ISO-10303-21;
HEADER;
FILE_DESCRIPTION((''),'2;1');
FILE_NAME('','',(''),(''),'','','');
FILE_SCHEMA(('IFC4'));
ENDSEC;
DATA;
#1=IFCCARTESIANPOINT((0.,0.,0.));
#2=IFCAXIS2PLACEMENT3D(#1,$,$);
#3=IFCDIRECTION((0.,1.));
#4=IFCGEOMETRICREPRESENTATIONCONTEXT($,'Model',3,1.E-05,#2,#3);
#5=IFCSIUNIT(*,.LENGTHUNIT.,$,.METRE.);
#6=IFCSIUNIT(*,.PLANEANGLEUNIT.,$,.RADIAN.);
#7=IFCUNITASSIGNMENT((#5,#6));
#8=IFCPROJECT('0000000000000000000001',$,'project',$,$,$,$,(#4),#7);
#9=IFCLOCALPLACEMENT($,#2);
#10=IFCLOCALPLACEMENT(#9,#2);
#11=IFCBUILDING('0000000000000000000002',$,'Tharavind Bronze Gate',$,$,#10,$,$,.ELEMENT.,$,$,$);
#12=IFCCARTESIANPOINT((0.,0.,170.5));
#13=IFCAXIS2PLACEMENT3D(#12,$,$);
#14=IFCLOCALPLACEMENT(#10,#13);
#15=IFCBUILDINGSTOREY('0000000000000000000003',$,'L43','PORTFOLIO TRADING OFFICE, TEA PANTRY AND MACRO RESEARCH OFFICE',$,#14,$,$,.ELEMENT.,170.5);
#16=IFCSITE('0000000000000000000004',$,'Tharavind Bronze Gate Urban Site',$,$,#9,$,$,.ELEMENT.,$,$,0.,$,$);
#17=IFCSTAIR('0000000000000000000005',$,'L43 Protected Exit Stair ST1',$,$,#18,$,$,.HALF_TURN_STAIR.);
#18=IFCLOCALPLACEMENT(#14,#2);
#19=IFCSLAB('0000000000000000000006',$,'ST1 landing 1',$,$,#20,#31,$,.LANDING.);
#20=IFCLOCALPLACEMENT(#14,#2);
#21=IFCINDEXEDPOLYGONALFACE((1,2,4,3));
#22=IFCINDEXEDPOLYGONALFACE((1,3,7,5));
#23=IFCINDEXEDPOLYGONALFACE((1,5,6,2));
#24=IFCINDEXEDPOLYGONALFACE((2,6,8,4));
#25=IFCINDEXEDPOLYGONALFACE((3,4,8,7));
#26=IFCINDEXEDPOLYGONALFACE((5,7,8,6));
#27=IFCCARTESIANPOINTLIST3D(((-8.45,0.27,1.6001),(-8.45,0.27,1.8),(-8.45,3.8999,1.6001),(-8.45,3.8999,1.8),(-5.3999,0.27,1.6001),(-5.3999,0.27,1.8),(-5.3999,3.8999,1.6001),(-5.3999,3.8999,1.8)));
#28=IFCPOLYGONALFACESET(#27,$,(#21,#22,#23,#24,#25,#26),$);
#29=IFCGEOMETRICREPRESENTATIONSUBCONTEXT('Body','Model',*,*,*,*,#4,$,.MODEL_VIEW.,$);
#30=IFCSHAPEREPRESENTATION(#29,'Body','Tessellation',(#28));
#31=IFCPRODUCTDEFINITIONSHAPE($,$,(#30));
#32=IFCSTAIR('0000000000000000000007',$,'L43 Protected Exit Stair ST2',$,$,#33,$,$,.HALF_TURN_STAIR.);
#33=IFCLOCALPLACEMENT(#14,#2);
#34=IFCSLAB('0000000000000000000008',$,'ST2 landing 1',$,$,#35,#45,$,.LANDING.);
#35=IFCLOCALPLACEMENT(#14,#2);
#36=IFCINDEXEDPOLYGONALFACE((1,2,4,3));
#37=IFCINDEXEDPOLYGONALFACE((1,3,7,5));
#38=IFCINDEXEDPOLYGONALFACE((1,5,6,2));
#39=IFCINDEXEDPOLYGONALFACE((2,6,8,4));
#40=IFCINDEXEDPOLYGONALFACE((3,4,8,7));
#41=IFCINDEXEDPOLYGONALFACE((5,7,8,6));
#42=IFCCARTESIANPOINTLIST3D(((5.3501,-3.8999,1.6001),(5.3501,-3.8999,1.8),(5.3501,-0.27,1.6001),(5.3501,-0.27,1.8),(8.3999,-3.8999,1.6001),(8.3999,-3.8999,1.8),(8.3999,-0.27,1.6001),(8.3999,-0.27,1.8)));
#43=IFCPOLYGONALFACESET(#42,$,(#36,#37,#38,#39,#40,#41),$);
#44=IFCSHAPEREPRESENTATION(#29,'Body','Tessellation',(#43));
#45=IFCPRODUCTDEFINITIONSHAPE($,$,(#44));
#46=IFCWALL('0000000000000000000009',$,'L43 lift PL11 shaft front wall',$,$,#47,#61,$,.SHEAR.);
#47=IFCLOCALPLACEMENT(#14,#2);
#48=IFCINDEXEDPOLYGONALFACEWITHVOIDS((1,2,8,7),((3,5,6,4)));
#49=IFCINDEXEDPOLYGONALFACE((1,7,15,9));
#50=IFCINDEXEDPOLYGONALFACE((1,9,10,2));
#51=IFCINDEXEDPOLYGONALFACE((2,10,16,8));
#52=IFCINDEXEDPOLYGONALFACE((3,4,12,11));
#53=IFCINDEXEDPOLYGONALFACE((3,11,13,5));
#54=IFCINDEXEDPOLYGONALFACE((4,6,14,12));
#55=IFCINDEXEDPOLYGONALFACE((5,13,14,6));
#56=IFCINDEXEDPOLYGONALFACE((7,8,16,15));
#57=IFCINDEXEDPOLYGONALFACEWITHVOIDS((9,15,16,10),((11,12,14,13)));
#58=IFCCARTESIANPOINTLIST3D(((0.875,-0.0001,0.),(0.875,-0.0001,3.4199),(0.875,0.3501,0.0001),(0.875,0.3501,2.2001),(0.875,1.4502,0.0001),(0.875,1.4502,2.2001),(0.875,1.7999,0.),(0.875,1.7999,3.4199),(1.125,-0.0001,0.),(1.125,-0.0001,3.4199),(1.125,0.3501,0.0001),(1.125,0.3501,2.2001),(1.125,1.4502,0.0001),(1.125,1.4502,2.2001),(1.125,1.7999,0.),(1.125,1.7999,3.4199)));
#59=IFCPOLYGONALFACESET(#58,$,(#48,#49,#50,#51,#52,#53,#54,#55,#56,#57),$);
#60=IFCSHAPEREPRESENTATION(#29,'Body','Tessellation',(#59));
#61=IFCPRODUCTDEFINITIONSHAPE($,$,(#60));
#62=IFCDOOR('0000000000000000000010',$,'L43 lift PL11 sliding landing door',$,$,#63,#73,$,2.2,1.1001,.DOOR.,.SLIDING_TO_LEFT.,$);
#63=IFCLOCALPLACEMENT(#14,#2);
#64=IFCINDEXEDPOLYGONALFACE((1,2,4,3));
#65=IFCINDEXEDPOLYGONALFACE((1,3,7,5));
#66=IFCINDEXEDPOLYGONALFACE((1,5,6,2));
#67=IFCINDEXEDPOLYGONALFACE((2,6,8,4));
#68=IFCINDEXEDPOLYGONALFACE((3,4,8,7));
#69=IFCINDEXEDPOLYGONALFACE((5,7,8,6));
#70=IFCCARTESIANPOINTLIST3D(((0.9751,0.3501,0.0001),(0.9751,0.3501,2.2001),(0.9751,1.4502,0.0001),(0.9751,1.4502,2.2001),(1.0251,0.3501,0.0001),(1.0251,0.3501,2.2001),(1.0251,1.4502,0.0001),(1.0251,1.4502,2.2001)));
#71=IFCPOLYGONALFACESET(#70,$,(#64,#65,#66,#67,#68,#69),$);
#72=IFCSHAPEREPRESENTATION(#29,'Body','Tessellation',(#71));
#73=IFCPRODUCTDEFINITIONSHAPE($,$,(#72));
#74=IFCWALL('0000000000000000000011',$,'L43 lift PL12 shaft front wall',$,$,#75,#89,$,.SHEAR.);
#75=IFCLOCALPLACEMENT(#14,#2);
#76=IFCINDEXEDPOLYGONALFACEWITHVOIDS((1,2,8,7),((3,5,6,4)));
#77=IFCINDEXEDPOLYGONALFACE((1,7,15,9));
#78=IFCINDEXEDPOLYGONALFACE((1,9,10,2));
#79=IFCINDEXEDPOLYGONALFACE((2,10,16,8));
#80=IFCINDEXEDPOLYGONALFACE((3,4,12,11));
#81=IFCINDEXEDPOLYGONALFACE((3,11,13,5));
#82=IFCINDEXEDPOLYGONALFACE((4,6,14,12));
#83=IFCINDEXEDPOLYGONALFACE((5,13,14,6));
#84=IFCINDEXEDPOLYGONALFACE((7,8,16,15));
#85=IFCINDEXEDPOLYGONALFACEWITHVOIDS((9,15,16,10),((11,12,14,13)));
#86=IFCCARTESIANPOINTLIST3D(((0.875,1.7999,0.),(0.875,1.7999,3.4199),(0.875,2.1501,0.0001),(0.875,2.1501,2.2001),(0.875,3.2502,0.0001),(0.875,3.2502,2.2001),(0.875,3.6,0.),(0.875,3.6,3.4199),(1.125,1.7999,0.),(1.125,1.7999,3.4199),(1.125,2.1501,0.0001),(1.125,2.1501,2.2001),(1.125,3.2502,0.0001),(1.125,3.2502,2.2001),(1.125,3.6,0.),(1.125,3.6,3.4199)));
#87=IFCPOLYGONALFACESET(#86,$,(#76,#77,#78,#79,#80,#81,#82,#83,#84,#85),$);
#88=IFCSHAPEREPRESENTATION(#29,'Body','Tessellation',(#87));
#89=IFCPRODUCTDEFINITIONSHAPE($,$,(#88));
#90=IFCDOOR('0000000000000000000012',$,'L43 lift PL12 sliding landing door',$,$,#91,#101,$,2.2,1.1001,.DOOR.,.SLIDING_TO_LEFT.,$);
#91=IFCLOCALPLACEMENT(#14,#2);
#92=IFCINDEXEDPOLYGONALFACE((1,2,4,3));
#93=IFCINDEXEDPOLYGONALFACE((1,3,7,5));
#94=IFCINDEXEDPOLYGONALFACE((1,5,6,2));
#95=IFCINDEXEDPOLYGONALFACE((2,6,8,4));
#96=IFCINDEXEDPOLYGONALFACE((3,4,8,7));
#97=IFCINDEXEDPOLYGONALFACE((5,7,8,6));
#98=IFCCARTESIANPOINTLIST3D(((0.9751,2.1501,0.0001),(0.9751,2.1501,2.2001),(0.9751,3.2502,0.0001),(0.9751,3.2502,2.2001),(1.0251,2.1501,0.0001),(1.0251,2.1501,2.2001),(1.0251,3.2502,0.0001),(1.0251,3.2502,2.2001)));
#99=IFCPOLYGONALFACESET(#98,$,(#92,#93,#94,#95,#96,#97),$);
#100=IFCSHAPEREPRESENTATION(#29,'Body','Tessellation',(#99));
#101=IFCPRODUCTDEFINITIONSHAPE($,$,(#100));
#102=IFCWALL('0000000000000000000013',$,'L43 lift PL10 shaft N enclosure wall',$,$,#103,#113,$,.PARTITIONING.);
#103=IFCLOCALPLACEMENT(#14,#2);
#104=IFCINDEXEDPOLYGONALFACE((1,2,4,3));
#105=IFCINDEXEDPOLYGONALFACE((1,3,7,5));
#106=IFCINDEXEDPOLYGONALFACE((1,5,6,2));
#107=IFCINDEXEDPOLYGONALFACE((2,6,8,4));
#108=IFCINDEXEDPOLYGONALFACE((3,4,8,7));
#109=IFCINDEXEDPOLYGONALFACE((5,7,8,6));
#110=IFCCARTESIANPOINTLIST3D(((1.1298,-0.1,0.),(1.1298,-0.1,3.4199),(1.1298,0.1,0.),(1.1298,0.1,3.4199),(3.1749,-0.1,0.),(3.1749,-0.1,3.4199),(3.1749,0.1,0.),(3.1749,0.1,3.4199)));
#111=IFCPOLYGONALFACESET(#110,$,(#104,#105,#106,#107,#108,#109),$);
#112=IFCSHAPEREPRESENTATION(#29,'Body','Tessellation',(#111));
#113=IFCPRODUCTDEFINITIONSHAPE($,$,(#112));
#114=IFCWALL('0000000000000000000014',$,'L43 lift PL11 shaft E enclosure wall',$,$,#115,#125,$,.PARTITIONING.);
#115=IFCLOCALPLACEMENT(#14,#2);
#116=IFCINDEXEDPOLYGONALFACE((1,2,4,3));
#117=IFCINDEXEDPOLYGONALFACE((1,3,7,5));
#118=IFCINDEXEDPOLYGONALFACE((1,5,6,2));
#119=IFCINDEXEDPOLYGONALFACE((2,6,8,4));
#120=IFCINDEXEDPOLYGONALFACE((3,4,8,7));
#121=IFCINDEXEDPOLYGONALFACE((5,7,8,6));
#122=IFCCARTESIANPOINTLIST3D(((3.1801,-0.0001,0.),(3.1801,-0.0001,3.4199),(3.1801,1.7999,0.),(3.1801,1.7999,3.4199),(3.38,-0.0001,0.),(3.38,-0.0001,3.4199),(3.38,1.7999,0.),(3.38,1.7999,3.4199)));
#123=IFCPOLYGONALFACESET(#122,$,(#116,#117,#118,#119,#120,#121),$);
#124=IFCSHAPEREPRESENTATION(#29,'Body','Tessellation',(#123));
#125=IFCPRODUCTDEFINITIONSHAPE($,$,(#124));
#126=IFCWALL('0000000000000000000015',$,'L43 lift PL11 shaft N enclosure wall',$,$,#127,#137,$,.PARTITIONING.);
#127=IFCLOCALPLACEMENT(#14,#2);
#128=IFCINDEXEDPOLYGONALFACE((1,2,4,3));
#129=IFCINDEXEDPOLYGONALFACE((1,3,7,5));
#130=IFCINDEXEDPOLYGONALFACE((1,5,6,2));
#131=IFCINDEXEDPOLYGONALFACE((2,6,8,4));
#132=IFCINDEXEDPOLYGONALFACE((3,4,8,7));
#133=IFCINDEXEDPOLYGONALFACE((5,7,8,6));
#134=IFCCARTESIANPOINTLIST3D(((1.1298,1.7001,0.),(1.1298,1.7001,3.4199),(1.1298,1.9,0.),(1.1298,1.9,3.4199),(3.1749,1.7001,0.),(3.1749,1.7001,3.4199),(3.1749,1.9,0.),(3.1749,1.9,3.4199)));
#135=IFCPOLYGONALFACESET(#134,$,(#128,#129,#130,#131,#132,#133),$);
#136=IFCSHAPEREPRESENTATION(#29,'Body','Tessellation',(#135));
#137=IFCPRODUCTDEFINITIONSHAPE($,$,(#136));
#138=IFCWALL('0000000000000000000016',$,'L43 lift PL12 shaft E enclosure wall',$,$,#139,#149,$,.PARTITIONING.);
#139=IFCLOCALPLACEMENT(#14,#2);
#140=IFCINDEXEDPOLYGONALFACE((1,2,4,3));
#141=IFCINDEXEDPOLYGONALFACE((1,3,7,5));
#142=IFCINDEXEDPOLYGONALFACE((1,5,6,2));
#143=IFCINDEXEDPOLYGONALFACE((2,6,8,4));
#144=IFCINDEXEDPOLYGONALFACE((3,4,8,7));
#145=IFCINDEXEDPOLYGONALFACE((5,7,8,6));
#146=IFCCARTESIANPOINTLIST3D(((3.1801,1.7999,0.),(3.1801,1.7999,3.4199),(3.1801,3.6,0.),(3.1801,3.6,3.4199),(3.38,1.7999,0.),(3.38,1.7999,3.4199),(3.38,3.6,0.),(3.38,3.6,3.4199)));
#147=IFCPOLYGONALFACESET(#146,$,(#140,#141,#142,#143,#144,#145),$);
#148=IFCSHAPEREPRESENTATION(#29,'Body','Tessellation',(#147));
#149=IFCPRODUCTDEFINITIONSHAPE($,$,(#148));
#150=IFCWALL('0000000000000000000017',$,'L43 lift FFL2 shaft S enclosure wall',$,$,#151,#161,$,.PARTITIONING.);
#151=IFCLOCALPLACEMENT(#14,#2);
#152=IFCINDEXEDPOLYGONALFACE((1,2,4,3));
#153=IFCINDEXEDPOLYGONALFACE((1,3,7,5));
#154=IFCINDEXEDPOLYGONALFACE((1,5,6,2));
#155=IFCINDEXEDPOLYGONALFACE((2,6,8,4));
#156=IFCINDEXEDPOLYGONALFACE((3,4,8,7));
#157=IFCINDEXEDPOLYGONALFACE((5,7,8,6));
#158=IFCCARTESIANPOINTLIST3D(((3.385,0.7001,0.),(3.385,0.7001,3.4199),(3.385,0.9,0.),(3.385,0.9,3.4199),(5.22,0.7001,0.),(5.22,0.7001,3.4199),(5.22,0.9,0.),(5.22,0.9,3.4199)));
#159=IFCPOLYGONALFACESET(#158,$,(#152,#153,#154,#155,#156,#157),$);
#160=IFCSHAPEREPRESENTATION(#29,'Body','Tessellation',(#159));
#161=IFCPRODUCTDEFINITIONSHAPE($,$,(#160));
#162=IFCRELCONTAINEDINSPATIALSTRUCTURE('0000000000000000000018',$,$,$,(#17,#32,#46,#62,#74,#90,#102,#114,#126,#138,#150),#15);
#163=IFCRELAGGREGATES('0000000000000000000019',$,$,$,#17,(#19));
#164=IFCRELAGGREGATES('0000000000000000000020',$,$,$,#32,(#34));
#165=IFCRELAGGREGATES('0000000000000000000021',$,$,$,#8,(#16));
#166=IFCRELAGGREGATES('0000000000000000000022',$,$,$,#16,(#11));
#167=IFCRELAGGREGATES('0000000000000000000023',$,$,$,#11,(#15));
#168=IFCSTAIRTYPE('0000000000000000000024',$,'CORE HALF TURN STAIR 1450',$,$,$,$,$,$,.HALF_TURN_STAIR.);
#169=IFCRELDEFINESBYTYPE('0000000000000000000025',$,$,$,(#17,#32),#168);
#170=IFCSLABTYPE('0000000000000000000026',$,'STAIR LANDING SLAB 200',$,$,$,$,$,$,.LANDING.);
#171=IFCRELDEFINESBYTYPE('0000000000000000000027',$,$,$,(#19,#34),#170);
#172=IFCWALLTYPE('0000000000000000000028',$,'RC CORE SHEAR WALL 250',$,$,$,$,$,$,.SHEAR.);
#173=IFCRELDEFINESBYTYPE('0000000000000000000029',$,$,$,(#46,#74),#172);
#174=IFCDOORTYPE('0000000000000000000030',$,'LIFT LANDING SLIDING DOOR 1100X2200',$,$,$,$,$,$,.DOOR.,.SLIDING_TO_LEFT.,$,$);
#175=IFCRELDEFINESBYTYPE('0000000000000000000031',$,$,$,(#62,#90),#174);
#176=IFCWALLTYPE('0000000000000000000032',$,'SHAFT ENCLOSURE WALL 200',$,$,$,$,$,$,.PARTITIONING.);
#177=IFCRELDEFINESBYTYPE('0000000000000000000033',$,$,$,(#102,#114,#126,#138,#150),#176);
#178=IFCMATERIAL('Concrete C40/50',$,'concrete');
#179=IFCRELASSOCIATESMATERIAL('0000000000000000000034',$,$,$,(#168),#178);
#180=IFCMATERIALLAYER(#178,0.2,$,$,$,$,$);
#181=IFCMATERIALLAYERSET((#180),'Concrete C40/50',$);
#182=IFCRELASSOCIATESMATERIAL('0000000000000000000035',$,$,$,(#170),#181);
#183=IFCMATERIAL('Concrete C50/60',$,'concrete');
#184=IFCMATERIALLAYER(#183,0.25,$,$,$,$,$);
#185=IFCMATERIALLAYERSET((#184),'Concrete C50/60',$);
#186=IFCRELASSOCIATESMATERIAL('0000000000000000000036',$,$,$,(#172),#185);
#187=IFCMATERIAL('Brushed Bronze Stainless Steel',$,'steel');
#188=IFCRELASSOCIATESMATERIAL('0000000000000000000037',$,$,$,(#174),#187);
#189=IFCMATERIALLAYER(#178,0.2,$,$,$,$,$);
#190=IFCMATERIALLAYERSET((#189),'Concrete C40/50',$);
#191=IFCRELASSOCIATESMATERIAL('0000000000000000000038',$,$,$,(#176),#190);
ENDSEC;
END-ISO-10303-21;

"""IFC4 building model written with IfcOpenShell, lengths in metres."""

from ifc_helpers import new_model, si_unit, direction, frame, frame_2d, origin, place, context, subcontext, project, spatial, polyline, rectangle, outline, extrude, material, layer, layer_set, type_object, element, fill, aggregate, save


model = new_model("IFC4")

# Units and contexts
model_context = context("Model", 3, precision=1e-05, world=origin(), true_north=direction((0.0, 1.0)))
body_context = subcontext(model_context, "Body", "Model", "MODEL_VIEW")
ifc_project = project(units=[si_unit("LENGTHUNIT", "METRE"), si_unit("PLANEANGLEUNIT", "RADIAN")], contexts=[model_context])

# Site, building, storey
site_placement = place(None, origin())
site = spatial("IfcSite", under=ifc_project, at=site_placement, Name="Tharavind Bronze Gate Urban Site", CompositionType="ELEMENT", RefElevation=0.0)
building_placement = place(site_placement, origin())
building = spatial("IfcBuilding", under=site, at=building_placement, Name="Tharavind Bronze Gate", CompositionType="ELEMENT")
storey_placement = place(building_placement, frame((0.0, 0.0, 170.5)))
storey = spatial("IfcBuildingStorey", under=building, at=storey_placement, Name="L43", Description="PORTFOLIO TRADING OFFICE, TEA PANTRY AND MACRO RESEARCH OFFICE", CompositionType="ELEMENT", Elevation=170.5)

# Stairs, slabs
ifc_material_1 = material(Name="Concrete C40/50", Category="concrete")
stair_type = type_object("IfcStairType", Name="CORE HALF TURN STAIR 1450", PredefinedType="HALF_TURN_STAIR", material=ifc_material_1)
stair_1_placement = place(storey_placement, origin())
stair_1 = element("IfcStair", 1, at=stair_1_placement, inside=storey, type_object=stair_type, Name="L43 Protected Exit Stair ST1", PredefinedType="HALF_TURN_STAIR")
ifc_layer_1 = layer(ifc_material_1, 0.2)
ifc_layer_set_1 = layer_set([ifc_layer_1], Name="Concrete C40/50")
slab_type = type_object("IfcSlabType", Name="STAIR LANDING SLAB 200", PredefinedType="LANDING", material=ifc_layer_set_1)
slab_1_placement = place(storey_placement, frame((0.0, 0.0, 1.6001)))
slab_1 = element("IfcSlab", 2, at=slab_1_placement, type_object=slab_type, Name="ST1 landing 1", PredefinedType="LANDING", context=body_context, shape_type="SweptSolid", body=[
    extrude(outline(polyline([(-5.3999, 0.27), (-5.3999, 3.8999), (-8.45, 3.8999), (-8.45, 0.27), (-5.3999, 0.27)])), origin(), (0.0, 0.0, 1.0), 0.2),
])
aggregate(stair_1, [slab_1])
stair_2_placement = place(storey_placement, origin())
stair_2 = element("IfcStair", 3, at=stair_2_placement, inside=storey, type_object=stair_type, Name="L43 Protected Exit Stair ST2", PredefinedType="HALF_TURN_STAIR")
slab_2_placement = place(storey_placement, frame((0.0, 0.0, 1.6001)))
slab_2 = element("IfcSlab", 4, at=slab_2_placement, type_object=slab_type, Name="ST2 landing 1", PredefinedType="LANDING", context=body_context, shape_type="SweptSolid", body=[
    extrude(outline(polyline([(5.3501, -0.27), (5.3501, -3.8999), (8.3999, -3.8999), (8.3999, -0.27), (5.3501, -0.27)])), origin(), (0.0, 0.0, 1.0), 0.2),
])
aggregate(stair_2, [slab_2])

# Walls, openings, doors
ifc_material_2 = material(Name="Concrete C50/60", Category="concrete")
ifc_layer_2 = layer(ifc_material_2, 0.25)
ifc_layer_set_2 = layer_set([ifc_layer_2], Name="Concrete C50/60")
wall_type_1 = type_object("IfcWallType", Name="RC CORE SHEAR WALL 250", PredefinedType="SHEAR", material=ifc_layer_set_2)
wall_1_placement = place(storey_placement, frame((1.0, 0.0, 0.0), z_axis=(0.0, 0.0, 1.0), x_axis=(0.0, 1.0, 0.0)))
wall_1 = element("IfcWall", 5, at=wall_1_placement, inside=storey, type_object=wall_type_1, Name="L43 lift PL11 shaft front wall", PredefinedType="SHEAR", context=body_context, shape_type="SweptSolid", body=[
    extrude(rectangle(XDim=1.8, YDim=0.25, at=frame_2d((0.8999, 0.0))), origin(), (0.0, 0.0, 1.0), 3.4199),
])
opening_1_placement = place(wall_1_placement, frame((0.3501, 0.0, 0.0)))
opening_1 = element("IfcOpeningElement", 6, at=opening_1_placement, cuts=wall_1, PredefinedType="OPENING", context=body_context, shape_type="SweptSolid", body=[
    extrude(rectangle(XDim=1.1001, YDim=2.2, at=frame_2d((0.55, 1.1001))), frame((0.0, 0.135, 0.0), z_axis=(0.0, -1.0, 0.0), x_axis=(1.0, 0.0, 0.0)), (0.0, 0.0, 1.0), 0.27),
])
ifc_material_3 = material(Name="Brushed Bronze Stainless Steel", Category="steel")
door_type = type_object("IfcDoorType", Name="LIFT LANDING SLIDING DOOR 1100X2200", OperationType="SLIDING_TO_LEFT", PredefinedType="DOOR", material=ifc_material_3)
door_1_placement = place(opening_1_placement, origin())
door_1 = element("IfcDoor", 7, at=door_1_placement, inside=storey, type_object=door_type, Name="L43 lift PL11 sliding landing door", OperationType="SLIDING_TO_LEFT", OverallHeight=2.2, OverallWidth=1.1001, PredefinedType="DOOR", context=body_context, shape_type="SweptSolid", body=[
    extrude(rectangle(XDim=1.1001, YDim=2.2, at=frame_2d((0.55, 1.1001))), frame((0.0, 0.0249, 0.0), z_axis=(0.0, -1.0, 0.0), x_axis=(1.0, 0.0, 0.0)), (0.0, 0.0, 1.0), 0.05),
])
fill(opening_1, door_1)
wall_2_placement = place(storey_placement, frame((1.0, 1.8, 0.0), z_axis=(0.0, 0.0, 1.0), x_axis=(0.0, 1.0, 0.0)))
wall_2 = element("IfcWall", 8, at=wall_2_placement, inside=storey, type_object=wall_type_1, Name="L43 lift PL12 shaft front wall", PredefinedType="SHEAR", context=body_context, shape_type="SweptSolid", body=[
    extrude(rectangle(XDim=1.8, YDim=0.25, at=frame_2d((0.8999, 0.0))), origin(), (0.0, 0.0, 1.0), 3.4199),
])
opening_2_placement = place(wall_2_placement, frame((0.3501, 0.0, 0.0)))
opening_2 = element("IfcOpeningElement", 9, at=opening_2_placement, cuts=wall_2, PredefinedType="OPENING", context=body_context, shape_type="SweptSolid", body=[
    extrude(rectangle(XDim=1.1001, YDim=2.2, at=frame_2d((0.55, 1.1001))), frame((0.0, 0.135, 0.0), z_axis=(0.0, -1.0, 0.0), x_axis=(1.0, 0.0, 0.0)), (0.0, 0.0, 1.0), 0.27),
])
door_2_placement = place(opening_2_placement, origin())
door_2 = element("IfcDoor", 10, at=door_2_placement, inside=storey, type_object=door_type, Name="L43 lift PL12 sliding landing door", OperationType="SLIDING_TO_LEFT", OverallHeight=2.2, OverallWidth=1.1001, PredefinedType="DOOR", context=body_context, shape_type="SweptSolid", body=[
    extrude(rectangle(XDim=1.1001, YDim=2.2, at=frame_2d((0.55, 1.1001))), frame((0.0, 0.0249, 0.0), z_axis=(0.0, -1.0, 0.0), x_axis=(1.0, 0.0, 0.0)), (0.0, 0.0, 1.0), 0.05),
])
fill(opening_2, door_2)

# Walls
ifc_layer_3 = layer(ifc_material_1, 0.2)
ifc_layer_set_3 = layer_set([ifc_layer_3], Name="Concrete C40/50")
wall_type_2 = type_object("IfcWallType", Name="SHAFT ENCLOSURE WALL 200", PredefinedType="PARTITIONING", material=ifc_layer_set_3)
wall_3_placement = place(storey_placement, frame((1.1299, 0.0, 0.0), z_axis=(0.0, 0.0, 1.0), x_axis=(1.0, 0.0, 0.0)))
element("IfcWall", 11, at=wall_3_placement, inside=storey, type_object=wall_type_2, Name="L43 lift PL10 shaft N enclosure wall", PredefinedType="PARTITIONING", context=body_context, shape_type="SweptSolid", body=[
    extrude(rectangle(XDim=2.0452, YDim=0.2, at=frame_2d((1.0225, 0.0))), origin(), (0.0, 0.0, 1.0), 3.4199),
])
wall_4_placement = place(storey_placement, frame((3.28, 0.0, 0.0), z_axis=(0.0, 0.0, 1.0), x_axis=(0.0, 1.0, 0.0)))
element("IfcWall", 12, at=wall_4_placement, inside=storey, type_object=wall_type_2, Name="L43 lift PL11 shaft E enclosure wall", PredefinedType="PARTITIONING", context=body_context, shape_type="SweptSolid", body=[
    extrude(rectangle(XDim=1.8, YDim=0.2, at=frame_2d((0.8999, 0.0))), origin(), (0.0, 0.0, 1.0), 3.4199),
])
wall_5_placement = place(storey_placement, frame((1.1299, 1.8, 0.0), z_axis=(0.0, 0.0, 1.0), x_axis=(1.0, 0.0, 0.0)))
element("IfcWall", 13, at=wall_5_placement, inside=storey, type_object=wall_type_2, Name="L43 lift PL11 shaft N enclosure wall", PredefinedType="PARTITIONING", context=body_context, shape_type="SweptSolid", body=[
    extrude(rectangle(XDim=2.0452, YDim=0.2, at=frame_2d((1.0225, 0.0))), origin(), (0.0, 0.0, 1.0), 3.4199),
])
wall_6_placement = place(storey_placement, frame((3.28, 1.8, 0.0), z_axis=(0.0, 0.0, 1.0), x_axis=(0.0, 1.0, 0.0)))
element("IfcWall", 14, at=wall_6_placement, inside=storey, type_object=wall_type_2, Name="L43 lift PL12 shaft E enclosure wall", PredefinedType="PARTITIONING", context=body_context, shape_type="SweptSolid", body=[
    extrude(rectangle(XDim=1.8, YDim=0.2, at=frame_2d((0.8999, 0.0))), origin(), (0.0, 0.0, 1.0), 3.4199),
])
wall_7_placement = place(storey_placement, frame((3.385, 0.8, 0.0), z_axis=(0.0, 0.0, 1.0), x_axis=(1.0, 0.0, 0.0)))
element("IfcWall", 15, at=wall_7_placement, inside=storey, type_object=wall_type_2, Name="L43 lift FFL2 shaft S enclosure wall", PredefinedType="PARTITIONING", context=body_context, shape_type="SweptSolid", body=[
    extrude(rectangle(XDim=1.835, YDim=0.2, at=frame_2d((0.9175, 0.0))), origin(), (0.0, 0.0, 1.0), 3.4199),
])

save(model, "model.ifc")
